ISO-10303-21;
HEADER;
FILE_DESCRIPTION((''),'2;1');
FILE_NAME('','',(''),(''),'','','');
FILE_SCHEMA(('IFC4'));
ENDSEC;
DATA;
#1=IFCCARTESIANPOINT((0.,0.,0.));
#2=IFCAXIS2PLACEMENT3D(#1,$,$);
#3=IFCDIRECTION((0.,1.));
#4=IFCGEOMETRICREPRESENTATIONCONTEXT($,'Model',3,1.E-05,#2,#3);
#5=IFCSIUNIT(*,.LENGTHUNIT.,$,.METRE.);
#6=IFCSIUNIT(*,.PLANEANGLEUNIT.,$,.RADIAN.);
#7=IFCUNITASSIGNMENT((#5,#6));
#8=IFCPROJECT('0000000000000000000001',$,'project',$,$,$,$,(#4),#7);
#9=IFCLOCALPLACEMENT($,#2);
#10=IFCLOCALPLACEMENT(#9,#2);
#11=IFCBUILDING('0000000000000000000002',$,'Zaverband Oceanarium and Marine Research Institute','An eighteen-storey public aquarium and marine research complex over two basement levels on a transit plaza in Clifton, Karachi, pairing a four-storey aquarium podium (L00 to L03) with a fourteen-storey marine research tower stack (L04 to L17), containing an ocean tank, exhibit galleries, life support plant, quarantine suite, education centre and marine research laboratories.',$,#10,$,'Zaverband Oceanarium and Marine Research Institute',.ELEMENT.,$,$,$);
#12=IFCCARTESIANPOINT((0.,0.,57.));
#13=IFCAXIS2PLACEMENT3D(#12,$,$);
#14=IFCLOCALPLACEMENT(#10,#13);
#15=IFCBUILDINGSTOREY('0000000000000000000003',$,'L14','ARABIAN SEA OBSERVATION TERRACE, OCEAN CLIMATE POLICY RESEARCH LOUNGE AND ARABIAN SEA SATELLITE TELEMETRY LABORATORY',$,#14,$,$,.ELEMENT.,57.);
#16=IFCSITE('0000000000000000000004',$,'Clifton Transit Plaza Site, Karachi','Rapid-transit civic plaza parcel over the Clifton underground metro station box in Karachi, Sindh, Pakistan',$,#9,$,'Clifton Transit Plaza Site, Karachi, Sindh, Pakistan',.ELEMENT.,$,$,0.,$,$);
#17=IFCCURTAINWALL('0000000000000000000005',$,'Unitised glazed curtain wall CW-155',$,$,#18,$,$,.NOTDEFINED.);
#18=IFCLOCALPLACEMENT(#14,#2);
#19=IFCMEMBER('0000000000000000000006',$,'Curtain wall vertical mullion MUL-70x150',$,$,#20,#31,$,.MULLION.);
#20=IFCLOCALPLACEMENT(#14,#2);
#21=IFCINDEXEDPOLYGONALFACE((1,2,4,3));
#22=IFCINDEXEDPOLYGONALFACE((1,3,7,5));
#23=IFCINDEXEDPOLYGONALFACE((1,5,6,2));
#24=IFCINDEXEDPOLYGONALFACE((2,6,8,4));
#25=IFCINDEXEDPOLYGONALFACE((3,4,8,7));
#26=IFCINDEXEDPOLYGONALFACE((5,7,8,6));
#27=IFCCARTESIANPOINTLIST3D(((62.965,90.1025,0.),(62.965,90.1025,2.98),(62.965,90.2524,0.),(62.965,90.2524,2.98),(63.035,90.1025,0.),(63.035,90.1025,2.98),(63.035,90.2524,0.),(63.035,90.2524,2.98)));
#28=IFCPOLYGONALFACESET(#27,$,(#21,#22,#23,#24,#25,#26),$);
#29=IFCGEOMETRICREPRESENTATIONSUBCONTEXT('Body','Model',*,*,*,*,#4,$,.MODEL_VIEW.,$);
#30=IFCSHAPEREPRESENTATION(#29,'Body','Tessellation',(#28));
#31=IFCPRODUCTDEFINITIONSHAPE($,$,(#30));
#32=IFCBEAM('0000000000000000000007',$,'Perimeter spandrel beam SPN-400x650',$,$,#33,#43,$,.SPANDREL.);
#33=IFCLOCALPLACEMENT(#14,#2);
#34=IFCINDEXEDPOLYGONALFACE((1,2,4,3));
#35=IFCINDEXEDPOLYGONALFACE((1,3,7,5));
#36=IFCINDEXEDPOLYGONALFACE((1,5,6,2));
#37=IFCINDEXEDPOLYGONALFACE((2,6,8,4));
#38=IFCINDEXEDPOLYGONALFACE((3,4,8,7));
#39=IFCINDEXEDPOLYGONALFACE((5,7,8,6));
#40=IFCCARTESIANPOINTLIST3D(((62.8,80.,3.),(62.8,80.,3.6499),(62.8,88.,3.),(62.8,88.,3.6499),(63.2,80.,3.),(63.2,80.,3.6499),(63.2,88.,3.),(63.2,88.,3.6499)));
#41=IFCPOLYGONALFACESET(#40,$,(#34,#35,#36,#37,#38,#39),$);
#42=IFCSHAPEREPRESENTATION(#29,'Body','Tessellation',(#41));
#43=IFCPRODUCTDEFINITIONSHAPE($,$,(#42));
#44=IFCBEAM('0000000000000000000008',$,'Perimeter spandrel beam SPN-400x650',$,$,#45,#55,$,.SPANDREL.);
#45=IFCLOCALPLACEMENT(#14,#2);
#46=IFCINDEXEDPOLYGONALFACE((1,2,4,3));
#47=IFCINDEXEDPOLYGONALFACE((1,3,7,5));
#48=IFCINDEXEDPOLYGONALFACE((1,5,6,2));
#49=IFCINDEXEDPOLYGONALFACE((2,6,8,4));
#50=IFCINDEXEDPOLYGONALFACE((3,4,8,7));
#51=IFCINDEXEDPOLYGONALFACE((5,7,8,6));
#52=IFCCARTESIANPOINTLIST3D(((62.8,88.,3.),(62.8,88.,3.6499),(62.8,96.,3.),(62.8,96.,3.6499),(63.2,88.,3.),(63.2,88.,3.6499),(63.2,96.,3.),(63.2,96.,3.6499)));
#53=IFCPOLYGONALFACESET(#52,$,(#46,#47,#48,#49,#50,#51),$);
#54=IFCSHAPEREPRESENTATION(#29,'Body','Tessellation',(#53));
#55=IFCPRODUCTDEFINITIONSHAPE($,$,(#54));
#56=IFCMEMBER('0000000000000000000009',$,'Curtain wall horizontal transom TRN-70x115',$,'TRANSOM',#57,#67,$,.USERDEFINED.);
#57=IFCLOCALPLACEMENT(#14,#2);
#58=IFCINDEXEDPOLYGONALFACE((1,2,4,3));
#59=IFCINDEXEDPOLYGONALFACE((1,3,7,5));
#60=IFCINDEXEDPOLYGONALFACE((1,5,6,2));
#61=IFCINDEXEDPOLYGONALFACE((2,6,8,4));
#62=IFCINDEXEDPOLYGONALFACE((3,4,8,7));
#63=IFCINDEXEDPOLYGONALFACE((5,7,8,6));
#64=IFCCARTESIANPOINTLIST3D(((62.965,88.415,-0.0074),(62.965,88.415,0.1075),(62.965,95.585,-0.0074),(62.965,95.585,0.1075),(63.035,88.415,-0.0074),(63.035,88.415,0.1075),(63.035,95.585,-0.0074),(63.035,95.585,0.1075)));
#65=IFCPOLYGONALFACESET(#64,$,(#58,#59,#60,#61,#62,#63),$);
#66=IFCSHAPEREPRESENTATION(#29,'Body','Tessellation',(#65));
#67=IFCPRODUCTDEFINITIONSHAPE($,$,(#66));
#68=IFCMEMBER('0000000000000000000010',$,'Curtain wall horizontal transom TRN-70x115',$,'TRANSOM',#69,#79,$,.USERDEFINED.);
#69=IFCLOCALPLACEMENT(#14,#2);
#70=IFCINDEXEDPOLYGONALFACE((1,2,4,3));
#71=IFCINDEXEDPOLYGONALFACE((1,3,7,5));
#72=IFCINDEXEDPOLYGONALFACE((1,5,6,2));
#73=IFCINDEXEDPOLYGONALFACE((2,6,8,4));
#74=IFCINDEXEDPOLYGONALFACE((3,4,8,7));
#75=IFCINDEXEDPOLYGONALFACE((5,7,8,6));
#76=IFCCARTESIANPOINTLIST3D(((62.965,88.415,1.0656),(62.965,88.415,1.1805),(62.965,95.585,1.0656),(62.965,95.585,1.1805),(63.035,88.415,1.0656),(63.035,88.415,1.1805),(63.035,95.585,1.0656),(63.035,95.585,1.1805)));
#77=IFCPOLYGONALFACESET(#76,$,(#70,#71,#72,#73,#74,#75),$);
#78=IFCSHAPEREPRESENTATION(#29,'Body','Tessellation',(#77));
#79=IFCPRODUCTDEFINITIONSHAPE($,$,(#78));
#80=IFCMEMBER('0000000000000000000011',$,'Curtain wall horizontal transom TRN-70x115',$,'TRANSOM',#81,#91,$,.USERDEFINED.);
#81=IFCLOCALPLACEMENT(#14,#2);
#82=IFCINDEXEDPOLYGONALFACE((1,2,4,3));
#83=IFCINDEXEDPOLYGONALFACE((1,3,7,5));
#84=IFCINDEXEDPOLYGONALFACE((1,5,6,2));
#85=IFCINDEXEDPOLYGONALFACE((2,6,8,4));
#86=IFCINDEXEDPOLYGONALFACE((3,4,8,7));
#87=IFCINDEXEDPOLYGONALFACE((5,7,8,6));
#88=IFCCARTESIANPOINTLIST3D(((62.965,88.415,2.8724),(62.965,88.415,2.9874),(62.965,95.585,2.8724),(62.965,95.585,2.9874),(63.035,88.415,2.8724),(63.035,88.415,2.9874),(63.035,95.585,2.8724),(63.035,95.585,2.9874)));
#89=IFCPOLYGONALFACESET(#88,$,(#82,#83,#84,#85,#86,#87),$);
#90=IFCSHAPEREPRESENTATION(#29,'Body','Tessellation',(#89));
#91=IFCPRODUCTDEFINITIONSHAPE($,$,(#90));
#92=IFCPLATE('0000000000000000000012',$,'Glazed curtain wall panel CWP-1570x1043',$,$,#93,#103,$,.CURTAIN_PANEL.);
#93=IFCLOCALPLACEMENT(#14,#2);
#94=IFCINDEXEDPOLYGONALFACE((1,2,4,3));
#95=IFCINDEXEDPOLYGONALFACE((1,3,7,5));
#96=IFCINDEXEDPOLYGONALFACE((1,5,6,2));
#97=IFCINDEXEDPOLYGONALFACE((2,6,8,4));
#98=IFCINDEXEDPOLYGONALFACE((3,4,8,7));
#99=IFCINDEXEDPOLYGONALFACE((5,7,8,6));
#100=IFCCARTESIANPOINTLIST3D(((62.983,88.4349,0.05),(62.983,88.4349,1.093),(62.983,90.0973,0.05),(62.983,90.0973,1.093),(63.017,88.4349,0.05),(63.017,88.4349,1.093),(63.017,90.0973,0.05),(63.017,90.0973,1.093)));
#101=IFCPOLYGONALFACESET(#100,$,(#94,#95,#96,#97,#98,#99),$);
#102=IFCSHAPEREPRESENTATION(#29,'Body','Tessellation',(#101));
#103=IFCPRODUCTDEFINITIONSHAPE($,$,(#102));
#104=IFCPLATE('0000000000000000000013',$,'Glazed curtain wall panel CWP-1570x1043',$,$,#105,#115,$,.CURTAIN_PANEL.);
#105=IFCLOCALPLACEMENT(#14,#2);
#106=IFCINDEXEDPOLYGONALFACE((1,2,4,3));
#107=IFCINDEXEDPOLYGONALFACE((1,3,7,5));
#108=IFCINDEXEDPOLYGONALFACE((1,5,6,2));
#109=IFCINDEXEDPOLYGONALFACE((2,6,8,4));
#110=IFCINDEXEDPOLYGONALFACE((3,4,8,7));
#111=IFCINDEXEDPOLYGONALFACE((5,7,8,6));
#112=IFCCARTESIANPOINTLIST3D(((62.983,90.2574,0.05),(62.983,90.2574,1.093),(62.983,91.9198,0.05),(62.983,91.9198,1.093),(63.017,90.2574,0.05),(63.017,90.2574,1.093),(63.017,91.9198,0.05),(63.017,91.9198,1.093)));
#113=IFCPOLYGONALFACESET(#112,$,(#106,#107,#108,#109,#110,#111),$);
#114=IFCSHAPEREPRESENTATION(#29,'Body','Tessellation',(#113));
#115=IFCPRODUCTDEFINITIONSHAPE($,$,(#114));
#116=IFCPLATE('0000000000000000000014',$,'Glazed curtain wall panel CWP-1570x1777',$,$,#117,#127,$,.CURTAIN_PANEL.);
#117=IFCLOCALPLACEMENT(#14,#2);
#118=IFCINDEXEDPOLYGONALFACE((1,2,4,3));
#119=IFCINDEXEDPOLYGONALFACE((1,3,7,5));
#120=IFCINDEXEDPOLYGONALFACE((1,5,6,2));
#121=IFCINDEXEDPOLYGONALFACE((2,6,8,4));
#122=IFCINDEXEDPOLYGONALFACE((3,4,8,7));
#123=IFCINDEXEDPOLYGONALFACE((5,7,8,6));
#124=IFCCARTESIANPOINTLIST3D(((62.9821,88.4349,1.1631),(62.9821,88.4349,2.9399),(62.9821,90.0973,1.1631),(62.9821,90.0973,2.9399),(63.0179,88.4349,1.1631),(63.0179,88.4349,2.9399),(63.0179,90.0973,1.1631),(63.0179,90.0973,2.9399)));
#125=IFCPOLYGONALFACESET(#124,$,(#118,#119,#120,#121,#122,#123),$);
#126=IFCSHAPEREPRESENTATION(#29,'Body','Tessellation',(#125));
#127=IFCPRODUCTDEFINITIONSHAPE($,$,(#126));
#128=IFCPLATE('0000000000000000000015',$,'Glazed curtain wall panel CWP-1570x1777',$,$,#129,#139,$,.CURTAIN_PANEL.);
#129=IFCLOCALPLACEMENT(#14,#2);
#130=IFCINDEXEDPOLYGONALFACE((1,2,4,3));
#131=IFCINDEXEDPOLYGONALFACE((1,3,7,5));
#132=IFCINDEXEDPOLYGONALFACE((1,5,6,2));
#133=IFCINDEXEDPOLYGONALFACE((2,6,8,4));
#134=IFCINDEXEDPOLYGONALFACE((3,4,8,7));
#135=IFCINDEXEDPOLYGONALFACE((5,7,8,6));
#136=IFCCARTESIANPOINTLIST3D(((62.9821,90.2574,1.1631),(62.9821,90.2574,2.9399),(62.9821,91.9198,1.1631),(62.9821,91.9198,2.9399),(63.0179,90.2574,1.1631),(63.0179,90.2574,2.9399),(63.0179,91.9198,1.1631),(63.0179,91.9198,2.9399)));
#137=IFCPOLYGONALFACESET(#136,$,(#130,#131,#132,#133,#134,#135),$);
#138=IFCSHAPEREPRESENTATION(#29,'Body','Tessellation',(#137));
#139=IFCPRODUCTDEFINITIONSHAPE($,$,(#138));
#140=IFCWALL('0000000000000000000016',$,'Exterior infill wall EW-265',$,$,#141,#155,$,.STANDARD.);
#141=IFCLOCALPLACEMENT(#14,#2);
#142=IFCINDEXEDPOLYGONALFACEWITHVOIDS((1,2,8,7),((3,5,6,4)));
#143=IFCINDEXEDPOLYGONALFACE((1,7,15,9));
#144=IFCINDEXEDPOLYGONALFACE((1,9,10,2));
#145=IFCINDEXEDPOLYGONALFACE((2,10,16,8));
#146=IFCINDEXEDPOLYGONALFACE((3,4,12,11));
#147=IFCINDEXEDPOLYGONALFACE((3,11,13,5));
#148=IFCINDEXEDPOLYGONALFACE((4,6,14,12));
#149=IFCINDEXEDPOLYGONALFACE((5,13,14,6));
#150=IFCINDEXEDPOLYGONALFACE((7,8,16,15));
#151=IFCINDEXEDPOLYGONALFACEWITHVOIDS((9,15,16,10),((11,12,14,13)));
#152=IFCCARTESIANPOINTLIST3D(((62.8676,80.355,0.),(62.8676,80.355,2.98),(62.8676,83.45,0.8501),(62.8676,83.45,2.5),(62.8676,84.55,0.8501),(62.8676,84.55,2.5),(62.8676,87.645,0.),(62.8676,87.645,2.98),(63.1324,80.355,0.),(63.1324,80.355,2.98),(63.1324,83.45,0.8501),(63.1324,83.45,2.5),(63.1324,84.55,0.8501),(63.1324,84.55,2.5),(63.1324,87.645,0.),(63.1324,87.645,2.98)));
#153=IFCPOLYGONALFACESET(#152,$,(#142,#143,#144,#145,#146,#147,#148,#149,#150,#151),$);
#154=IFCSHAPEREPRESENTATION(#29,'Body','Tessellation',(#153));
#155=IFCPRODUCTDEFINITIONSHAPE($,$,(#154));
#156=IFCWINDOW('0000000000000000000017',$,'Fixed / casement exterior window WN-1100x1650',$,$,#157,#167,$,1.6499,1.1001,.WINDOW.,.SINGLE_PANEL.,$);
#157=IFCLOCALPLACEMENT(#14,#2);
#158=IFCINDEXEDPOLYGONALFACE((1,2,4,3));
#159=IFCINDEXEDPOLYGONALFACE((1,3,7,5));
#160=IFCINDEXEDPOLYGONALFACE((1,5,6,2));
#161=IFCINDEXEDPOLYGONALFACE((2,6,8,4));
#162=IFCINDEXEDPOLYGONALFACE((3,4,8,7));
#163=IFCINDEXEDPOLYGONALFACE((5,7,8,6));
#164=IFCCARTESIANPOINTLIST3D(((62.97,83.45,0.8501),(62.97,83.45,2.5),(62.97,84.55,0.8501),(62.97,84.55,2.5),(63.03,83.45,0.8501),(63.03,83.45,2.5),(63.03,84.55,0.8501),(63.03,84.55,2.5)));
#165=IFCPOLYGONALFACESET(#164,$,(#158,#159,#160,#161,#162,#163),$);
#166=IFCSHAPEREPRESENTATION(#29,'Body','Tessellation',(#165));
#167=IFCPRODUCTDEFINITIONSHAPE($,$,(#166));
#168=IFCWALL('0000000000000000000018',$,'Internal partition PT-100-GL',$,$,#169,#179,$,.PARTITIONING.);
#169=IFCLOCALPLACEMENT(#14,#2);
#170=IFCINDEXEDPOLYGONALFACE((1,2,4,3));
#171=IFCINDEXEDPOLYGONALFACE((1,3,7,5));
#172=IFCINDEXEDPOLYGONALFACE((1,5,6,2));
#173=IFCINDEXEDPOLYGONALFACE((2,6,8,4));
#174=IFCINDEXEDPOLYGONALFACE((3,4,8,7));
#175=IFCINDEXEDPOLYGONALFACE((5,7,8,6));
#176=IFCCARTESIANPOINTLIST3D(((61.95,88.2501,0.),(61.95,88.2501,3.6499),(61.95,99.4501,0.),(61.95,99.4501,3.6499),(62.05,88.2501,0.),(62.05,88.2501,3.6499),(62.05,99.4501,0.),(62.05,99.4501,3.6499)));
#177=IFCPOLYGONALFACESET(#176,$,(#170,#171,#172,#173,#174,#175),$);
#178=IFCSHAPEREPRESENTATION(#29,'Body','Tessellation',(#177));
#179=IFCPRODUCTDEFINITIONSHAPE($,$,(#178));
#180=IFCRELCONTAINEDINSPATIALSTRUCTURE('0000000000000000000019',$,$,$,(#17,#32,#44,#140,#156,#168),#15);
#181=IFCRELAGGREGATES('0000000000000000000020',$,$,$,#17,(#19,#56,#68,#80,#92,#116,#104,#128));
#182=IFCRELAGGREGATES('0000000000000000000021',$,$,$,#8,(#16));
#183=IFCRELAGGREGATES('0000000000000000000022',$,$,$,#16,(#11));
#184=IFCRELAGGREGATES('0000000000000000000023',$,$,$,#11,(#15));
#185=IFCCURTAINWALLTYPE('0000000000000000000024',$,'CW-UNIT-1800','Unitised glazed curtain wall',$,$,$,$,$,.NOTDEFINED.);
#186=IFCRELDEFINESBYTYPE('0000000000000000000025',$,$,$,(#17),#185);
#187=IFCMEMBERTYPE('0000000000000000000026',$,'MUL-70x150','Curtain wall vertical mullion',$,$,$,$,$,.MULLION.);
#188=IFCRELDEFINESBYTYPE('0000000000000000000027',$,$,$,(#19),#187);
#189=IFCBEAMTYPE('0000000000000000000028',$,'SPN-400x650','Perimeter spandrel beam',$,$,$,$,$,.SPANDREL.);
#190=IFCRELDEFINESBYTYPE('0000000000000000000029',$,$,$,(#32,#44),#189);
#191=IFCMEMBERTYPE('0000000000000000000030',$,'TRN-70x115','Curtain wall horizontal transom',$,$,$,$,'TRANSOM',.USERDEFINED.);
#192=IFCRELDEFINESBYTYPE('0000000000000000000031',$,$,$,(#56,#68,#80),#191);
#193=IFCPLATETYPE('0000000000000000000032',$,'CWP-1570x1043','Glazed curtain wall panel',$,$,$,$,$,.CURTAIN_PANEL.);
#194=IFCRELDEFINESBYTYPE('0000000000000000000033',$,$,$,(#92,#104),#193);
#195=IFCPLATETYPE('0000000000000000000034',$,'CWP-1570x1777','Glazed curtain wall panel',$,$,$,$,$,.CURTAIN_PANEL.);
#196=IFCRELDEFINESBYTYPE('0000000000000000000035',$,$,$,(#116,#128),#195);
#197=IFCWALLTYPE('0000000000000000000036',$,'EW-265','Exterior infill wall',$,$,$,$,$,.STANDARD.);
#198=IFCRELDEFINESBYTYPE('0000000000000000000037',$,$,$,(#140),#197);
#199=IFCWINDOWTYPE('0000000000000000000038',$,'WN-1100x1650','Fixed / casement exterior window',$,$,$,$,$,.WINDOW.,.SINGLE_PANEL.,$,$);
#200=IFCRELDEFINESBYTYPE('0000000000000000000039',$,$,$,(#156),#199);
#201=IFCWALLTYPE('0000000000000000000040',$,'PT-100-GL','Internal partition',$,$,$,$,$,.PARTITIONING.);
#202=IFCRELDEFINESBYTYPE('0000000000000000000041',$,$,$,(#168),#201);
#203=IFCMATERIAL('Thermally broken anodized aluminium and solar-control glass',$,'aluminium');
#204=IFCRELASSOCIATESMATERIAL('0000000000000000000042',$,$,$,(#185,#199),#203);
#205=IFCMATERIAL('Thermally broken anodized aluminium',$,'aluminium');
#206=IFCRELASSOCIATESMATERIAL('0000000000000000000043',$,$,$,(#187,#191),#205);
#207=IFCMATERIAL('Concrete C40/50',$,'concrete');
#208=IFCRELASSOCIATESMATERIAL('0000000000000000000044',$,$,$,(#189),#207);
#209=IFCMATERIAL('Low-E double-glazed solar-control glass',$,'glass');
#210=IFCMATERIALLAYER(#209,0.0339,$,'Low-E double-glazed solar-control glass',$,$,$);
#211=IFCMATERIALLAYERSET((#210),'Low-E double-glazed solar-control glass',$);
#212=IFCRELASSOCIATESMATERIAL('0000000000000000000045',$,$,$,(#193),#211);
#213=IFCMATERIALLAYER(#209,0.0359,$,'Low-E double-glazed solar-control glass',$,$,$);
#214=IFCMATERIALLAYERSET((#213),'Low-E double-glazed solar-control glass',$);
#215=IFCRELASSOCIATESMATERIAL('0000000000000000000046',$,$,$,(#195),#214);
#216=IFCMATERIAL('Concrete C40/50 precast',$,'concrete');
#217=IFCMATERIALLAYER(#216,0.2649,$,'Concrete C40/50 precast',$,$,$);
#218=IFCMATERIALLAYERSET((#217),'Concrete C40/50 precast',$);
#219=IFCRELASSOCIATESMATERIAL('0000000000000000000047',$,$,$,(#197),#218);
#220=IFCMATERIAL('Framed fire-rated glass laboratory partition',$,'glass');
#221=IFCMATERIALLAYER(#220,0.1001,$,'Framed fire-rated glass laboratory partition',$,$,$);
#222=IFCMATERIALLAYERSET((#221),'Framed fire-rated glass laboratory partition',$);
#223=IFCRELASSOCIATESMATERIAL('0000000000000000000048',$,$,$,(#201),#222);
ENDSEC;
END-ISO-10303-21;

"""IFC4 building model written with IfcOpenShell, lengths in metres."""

from ifc_helpers import new_model, si_unit, direction, frame, frame_2d, origin, origin_2d, place, context, subcontext, project, spatial, rectangle, extrude, material, layer, layer_set, material_profile, profile_set, type_object, element, fill, aggregate, save


model = new_model("IFC4")

# Units and contexts
model_context = context("Model", 3, precision=1e-05, world=origin(), true_north=direction((0.0, 1.0)))
body_context = subcontext(model_context, "Body", "Model", "MODEL_VIEW")
ifc_project = project(units=[si_unit("LENGTHUNIT", "METRE"), si_unit("PLANEANGLEUNIT", "RADIAN")], contexts=[model_context])

# Site, building, storey
site_placement = place(None, origin())
site = spatial("IfcSite", under=ifc_project, at=site_placement, Name="Clifton Transit Plaza Site, Karachi", Description="Rapid-transit civic plaza parcel over the Clifton underground metro station box in Karachi, Sindh, Pakistan", LongName="Clifton Transit Plaza Site, Karachi, Sindh, Pakistan", CompositionType="ELEMENT", RefElevation=0.0)
building_placement = place(site_placement, origin())
building = spatial("IfcBuilding", under=site, at=building_placement, Name="Zaverband Oceanarium and Marine Research Institute", Description="An eighteen-storey public aquarium and marine research complex over two basement levels on a transit plaza in Clifton, Karachi, pairing a four-storey aquarium podium (L00 to L03) with a fourteen-storey marine research tower stack (L04 to L17), containing an ocean tank, exhibit galleries, life support plant, quarantine suite, education centre and marine research laboratories.", LongName="Zaverband Oceanarium and Marine Research Institute", CompositionType="ELEMENT")
storey_placement = place(building_placement, frame((0.0, 0.0, 57.0)))
storey = spatial("IfcBuildingStorey", under=building, at=storey_placement, Name="L14", Description="ARABIAN SEA OBSERVATION TERRACE, OCEAN CLIMATE POLICY RESEARCH LOUNGE AND ARABIAN SEA SATELLITE TELEMETRY LABORATORY", CompositionType="ELEMENT", Elevation=57.0)

# Shared definitions
ifc_material_1 = material(Name="Concrete C40/50", Category="concrete")

# Curtain wall, member
ifc_material_2 = material(Name="Thermally broken anodized aluminium and solar-control glass", Category="aluminium")
curtain_wall_type = type_object("IfcCurtainWallType", Name="CW-UNIT-1800", Description="Unitised glazed curtain wall", PredefinedType="NOTDEFINED", material=ifc_material_2)
curtain_wall_placement = place(storey_placement, origin())
curtain_wall = element("IfcCurtainWall", 1, at=curtain_wall_placement, inside=storey, type_object=curtain_wall_type, Name="Unitised glazed curtain wall CW-155", PredefinedType="NOTDEFINED")
ifc_material_3 = material(Name="Thermally broken anodized aluminium", Category="aluminium")
ifc_material_profile_1 = material_profile(ifc_material_3, rectangle(XDim=0.0701, YDim=0.1499, at=origin_2d()), Name="AL-MUL-70x150")
ifc_profile_set_1 = profile_set([ifc_material_profile_1], Name="Thermally broken anodized aluminium")
member_type_1 = type_object("IfcMemberType", Name="MUL-70x150", Description="Curtain wall vertical mullion", PredefinedType="MULLION", material=ifc_profile_set_1)
member_1_placement = place(storey_placement, frame((63.0, 90.1775, 0.0), z_axis=(0.0, 0.0, 1.0), x_axis=(1.0, 0.0, 0.0)))
member_1 = element("IfcMember", 2, at=member_1_placement, type_object=member_type_1, Name="Curtain wall vertical mullion MUL-70x150", PredefinedType="MULLION", context=body_context, shape_type="SweptSolid", body=[
    extrude(rectangle(XDim=0.0701, YDim=0.1499, at=origin_2d()), origin(), (0.0, 0.0, 1.0), 2.98),
])

# Beams
ifc_material_profile_2 = material_profile(ifc_material_1, rectangle(XDim=0.3999, YDim=0.6499, at=origin_2d()), Name="RC400x650")
ifc_profile_set_2 = profile_set([ifc_material_profile_2], Name="Concrete C40/50")
beam_type_1 = type_object("IfcBeamType", Name="SPN-400x650", Description="Perimeter spandrel beam", PredefinedType="SPANDREL", material=ifc_profile_set_2)
for number, where, z_axis, x_axis, name in (
    (3, (63.0, 80.0, 3.325), (0.0, 1.0, 0.0), (-1.0, 0.0, 0.0), "Perimeter spandrel beam SPN-400x650"),
    (4, (63.0, 88.0, 3.325), (0.0, 1.0, 0.0), (-1.0, 0.0, 0.0), "Perimeter spandrel beam SPN-400x650"),
):
    element("IfcBeam", number, at=place(storey_placement, frame(where, z_axis=z_axis, x_axis=x_axis)), inside=storey, type_object=beam_type_1, Name=name, PredefinedType="SPANDREL", context=body_context, shape_type="SweptSolid", body=[
        extrude(rectangle(XDim=0.3999, YDim=0.6499, at=origin_2d()), origin(), (0.0, 0.0, 1.0), 8.0),
    ])

# Members
ifc_material_profile_3 = material_profile(ifc_material_3, rectangle(XDim=0.0701, YDim=0.115, at=origin_2d()), Name="AL-TRN-70x115")
ifc_profile_set_3 = profile_set([ifc_material_profile_3], Name="Thermally broken anodized aluminium")
member_type_2 = type_object("IfcMemberType", Name="TRN-70x115", Description="Curtain wall horizontal transom", ElementType="TRANSOM", PredefinedType="USERDEFINED", material=ifc_profile_set_3)
member_2_placement = place(storey_placement, frame((63.0, 88.415, 0.05), z_axis=(0.0, 1.0, 0.0), x_axis=(-1.0, 0.0, 0.0)))
member_2 = element("IfcMember", 5, at=member_2_placement, type_object=member_type_2, Name="Curtain wall horizontal transom TRN-70x115", ObjectType="TRANSOM", PredefinedType="USERDEFINED", context=body_context, shape_type="SweptSolid", body=[
    extrude(rectangle(XDim=0.0701, YDim=0.115, at=origin_2d()), origin(), (0.0, 0.0, 1.0), 7.1699),
])
member_3_placement = place(storey_placement, frame((63.0, 88.415, 1.123), z_axis=(0.0, 1.0, 0.0), x_axis=(-1.0, 0.0, 0.0)))
member_3 = element("IfcMember", 6, at=member_3_placement, type_object=member_type_2, Name="Curtain wall horizontal transom TRN-70x115", ObjectType="TRANSOM", PredefinedType="USERDEFINED", context=body_context, shape_type="SweptSolid", body=[
    extrude(rectangle(XDim=0.0701, YDim=0.115, at=origin_2d()), origin(), (0.0, 0.0, 1.0), 7.1699),
])
member_4_placement = place(storey_placement, frame((63.0, 88.415, 2.9299), z_axis=(0.0, 1.0, 0.0), x_axis=(-1.0, 0.0, 0.0)))
member_4 = element("IfcMember", 7, at=member_4_placement, type_object=member_type_2, Name="Curtain wall horizontal transom TRN-70x115", ObjectType="TRANSOM", PredefinedType="USERDEFINED", context=body_context, shape_type="SweptSolid", body=[
    extrude(rectangle(XDim=0.0701, YDim=0.115, at=origin_2d()), origin(), (0.0, 0.0, 1.0), 7.1699),
])

# Plates
ifc_material_4 = material(Name="Low-E double-glazed solar-control glass", Category="glass")
ifc_layer_1 = layer(ifc_material_4, 0.0339, Name="Low-E double-glazed solar-control glass")
ifc_layer_set_1 = layer_set([ifc_layer_1], Name="Low-E double-glazed solar-control glass")
plate_type_1 = type_object("IfcPlateType", Name="CWP-1570x1043", Description="Glazed curtain wall panel", PredefinedType="CURTAIN_PANEL", material=ifc_layer_set_1)
plate_1_placement = place(storey_placement, frame((63.0, 88.4351, 0.05), z_axis=(0.0, 0.0, 1.0), x_axis=(0.0, 1.0, 0.0)))
plate_1 = element("IfcPlate", 8, at=plate_1_placement, type_object=plate_type_1, Name="Glazed curtain wall panel CWP-1570x1043", PredefinedType="CURTAIN_PANEL", context=body_context, shape_type="SweptSolid", body=[
    extrude(rectangle(XDim=1.6624, YDim=0.0339, at=frame_2d((0.8311, 0.0))), origin(), (0.0, 0.0, 1.0), 1.043),
])
plate_2_placement = place(storey_placement, frame((63.0, 90.2576, 0.05), z_axis=(0.0, 0.0, 1.0), x_axis=(0.0, 1.0, 0.0)))
plate_2 = element("IfcPlate", 9, at=plate_2_placement, type_object=plate_type_1, Name="Glazed curtain wall panel CWP-1570x1043", PredefinedType="CURTAIN_PANEL", context=body_context, shape_type="SweptSolid", body=[
    extrude(rectangle(XDim=1.6624, YDim=0.0339, at=frame_2d((0.8311, 0.0))), origin(), (0.0, 0.0, 1.0), 1.043),
])
ifc_layer_2 = layer(ifc_material_4, 0.0359, Name="Low-E double-glazed solar-control glass")
ifc_layer_set_2 = layer_set([ifc_layer_2], Name="Low-E double-glazed solar-control glass")
plate_type_2 = type_object("IfcPlateType", Name="CWP-1570x1777", Description="Glazed curtain wall panel", PredefinedType="CURTAIN_PANEL", material=ifc_layer_set_2)
plate_3_placement = place(storey_placement, frame((63.0, 88.4351, 1.1631), z_axis=(0.0, 0.0, 1.0), x_axis=(0.0, 1.0, 0.0)))
plate_3 = element("IfcPlate", 10, at=plate_3_placement, type_object=plate_type_2, Name="Glazed curtain wall panel CWP-1570x1777", PredefinedType="CURTAIN_PANEL", context=body_context, shape_type="SweptSolid", body=[
    extrude(rectangle(XDim=1.6624, YDim=0.0359, at=frame_2d((0.8311, 0.0))), origin(), (0.0, 0.0, 1.0), 1.7769),
])
plate_4_placement = place(storey_placement, frame((63.0, 90.2576, 1.1631), z_axis=(0.0, 0.0, 1.0), x_axis=(0.0, 1.0, 0.0)))
plate_4 = element("IfcPlate", 11, at=plate_4_placement, type_object=plate_type_2, Name="Glazed curtain wall panel CWP-1570x1777", PredefinedType="CURTAIN_PANEL", context=body_context, shape_type="SweptSolid", body=[
    extrude(rectangle(XDim=1.6624, YDim=0.0359, at=frame_2d((0.8311, 0.0))), origin(), (0.0, 0.0, 1.0), 1.7769),
])
aggregate(curtain_wall, [member_1, member_2, member_3, member_4, plate_1, plate_3, plate_2, plate_4])

# Wall, opening, window
ifc_material_5 = material(Name="Concrete C40/50 precast", Category="concrete")
ifc_layer_3 = layer(ifc_material_5, 0.2649, Name="Concrete C40/50 precast")
ifc_layer_set_3 = layer_set([ifc_layer_3], Name="Concrete C40/50 precast")
wall_type_1 = type_object("IfcWallType", Name="EW-265", Description="Exterior infill wall", PredefinedType="STANDARD", material=ifc_layer_set_3)
wall_1_placement = place(storey_placement, frame((63.0, 80.355, 0.0), z_axis=(0.0, 0.0, 1.0), x_axis=(0.0, 1.0, 0.0)))
wall_1 = element("IfcWall", 12, at=wall_1_placement, inside=storey, type_object=wall_type_1, Name="Exterior infill wall EW-265", PredefinedType="STANDARD", context=body_context, shape_type="SweptSolid", body=[
    extrude(rectangle(XDim=7.29, YDim=0.2649, at=frame_2d((3.645, 0.0))), origin(), (0.0, 0.0, 1.0), 2.98),
])
opening_placement = place(wall_1_placement, frame((3.095, 0.0, 0.8501)))
opening = element("IfcOpeningElement", 13, at=opening_placement, cuts=wall_1, PredefinedType="OPENING", context=body_context, shape_type="SweptSolid", body=[
    extrude(rectangle(XDim=1.1001, YDim=1.6499, at=frame_2d((0.55, 0.825))), frame((0.0, 0.1445, 0.0), z_axis=(0.0, -1.0, 0.0), x_axis=(1.0, 0.0, 0.0)), (0.0, 0.0, 1.0), 0.2888),
])
window_type = type_object("IfcWindowType", Name="WN-1100x1650", Description="Fixed / casement exterior window", PartitioningType="SINGLE_PANEL", PredefinedType="WINDOW", material=ifc_material_2)
window_placement = place(opening_placement, origin())
window = element("IfcWindow", 14, at=window_placement, inside=storey, type_object=window_type, Name="Fixed / casement exterior window WN-1100x1650", OverallHeight=1.6499, OverallWidth=1.1001, PartitioningType="SINGLE_PANEL", PredefinedType="WINDOW", context=body_context, shape_type="SweptSolid", body=[
    extrude(rectangle(XDim=1.1001, YDim=1.6499, at=frame_2d((0.55, 0.825))), frame((0.0, 0.03, 0.0), z_axis=(0.0, -1.0, 0.0), x_axis=(1.0, 0.0, 0.0)), (0.0, 0.0, 1.0), 0.0601),
])
fill(opening, window)

# Wall
ifc_material_6 = material(Name="Framed fire-rated glass laboratory partition", Category="glass")
ifc_layer_4 = layer(ifc_material_6, 0.1001, Name="Framed fire-rated glass laboratory partition")
ifc_layer_set_4 = layer_set([ifc_layer_4], Name="Framed fire-rated glass laboratory partition")
wall_type_2 = type_object("IfcWallType", Name="PT-100-GL", Description="Internal partition", PredefinedType="PARTITIONING", material=ifc_layer_set_4)
wall_2_placement = place(storey_placement, frame((62.0, 88.25, 0.0), z_axis=(0.0, 0.0, 1.0), x_axis=(0.0, 1.0, 0.0)))
element("IfcWall", 15, at=wall_2_placement, inside=storey, type_object=wall_type_2, Name="Internal partition PT-100-GL", PredefinedType="PARTITIONING", context=body_context, shape_type="SweptSolid", body=[
    extrude(rectangle(XDim=11.2, YDim=0.1001, at=frame_2d((5.6001, 0.0))), origin(), (0.0, 0.0, 1.0), 3.6499),
])

save(model, "model.ifc")
